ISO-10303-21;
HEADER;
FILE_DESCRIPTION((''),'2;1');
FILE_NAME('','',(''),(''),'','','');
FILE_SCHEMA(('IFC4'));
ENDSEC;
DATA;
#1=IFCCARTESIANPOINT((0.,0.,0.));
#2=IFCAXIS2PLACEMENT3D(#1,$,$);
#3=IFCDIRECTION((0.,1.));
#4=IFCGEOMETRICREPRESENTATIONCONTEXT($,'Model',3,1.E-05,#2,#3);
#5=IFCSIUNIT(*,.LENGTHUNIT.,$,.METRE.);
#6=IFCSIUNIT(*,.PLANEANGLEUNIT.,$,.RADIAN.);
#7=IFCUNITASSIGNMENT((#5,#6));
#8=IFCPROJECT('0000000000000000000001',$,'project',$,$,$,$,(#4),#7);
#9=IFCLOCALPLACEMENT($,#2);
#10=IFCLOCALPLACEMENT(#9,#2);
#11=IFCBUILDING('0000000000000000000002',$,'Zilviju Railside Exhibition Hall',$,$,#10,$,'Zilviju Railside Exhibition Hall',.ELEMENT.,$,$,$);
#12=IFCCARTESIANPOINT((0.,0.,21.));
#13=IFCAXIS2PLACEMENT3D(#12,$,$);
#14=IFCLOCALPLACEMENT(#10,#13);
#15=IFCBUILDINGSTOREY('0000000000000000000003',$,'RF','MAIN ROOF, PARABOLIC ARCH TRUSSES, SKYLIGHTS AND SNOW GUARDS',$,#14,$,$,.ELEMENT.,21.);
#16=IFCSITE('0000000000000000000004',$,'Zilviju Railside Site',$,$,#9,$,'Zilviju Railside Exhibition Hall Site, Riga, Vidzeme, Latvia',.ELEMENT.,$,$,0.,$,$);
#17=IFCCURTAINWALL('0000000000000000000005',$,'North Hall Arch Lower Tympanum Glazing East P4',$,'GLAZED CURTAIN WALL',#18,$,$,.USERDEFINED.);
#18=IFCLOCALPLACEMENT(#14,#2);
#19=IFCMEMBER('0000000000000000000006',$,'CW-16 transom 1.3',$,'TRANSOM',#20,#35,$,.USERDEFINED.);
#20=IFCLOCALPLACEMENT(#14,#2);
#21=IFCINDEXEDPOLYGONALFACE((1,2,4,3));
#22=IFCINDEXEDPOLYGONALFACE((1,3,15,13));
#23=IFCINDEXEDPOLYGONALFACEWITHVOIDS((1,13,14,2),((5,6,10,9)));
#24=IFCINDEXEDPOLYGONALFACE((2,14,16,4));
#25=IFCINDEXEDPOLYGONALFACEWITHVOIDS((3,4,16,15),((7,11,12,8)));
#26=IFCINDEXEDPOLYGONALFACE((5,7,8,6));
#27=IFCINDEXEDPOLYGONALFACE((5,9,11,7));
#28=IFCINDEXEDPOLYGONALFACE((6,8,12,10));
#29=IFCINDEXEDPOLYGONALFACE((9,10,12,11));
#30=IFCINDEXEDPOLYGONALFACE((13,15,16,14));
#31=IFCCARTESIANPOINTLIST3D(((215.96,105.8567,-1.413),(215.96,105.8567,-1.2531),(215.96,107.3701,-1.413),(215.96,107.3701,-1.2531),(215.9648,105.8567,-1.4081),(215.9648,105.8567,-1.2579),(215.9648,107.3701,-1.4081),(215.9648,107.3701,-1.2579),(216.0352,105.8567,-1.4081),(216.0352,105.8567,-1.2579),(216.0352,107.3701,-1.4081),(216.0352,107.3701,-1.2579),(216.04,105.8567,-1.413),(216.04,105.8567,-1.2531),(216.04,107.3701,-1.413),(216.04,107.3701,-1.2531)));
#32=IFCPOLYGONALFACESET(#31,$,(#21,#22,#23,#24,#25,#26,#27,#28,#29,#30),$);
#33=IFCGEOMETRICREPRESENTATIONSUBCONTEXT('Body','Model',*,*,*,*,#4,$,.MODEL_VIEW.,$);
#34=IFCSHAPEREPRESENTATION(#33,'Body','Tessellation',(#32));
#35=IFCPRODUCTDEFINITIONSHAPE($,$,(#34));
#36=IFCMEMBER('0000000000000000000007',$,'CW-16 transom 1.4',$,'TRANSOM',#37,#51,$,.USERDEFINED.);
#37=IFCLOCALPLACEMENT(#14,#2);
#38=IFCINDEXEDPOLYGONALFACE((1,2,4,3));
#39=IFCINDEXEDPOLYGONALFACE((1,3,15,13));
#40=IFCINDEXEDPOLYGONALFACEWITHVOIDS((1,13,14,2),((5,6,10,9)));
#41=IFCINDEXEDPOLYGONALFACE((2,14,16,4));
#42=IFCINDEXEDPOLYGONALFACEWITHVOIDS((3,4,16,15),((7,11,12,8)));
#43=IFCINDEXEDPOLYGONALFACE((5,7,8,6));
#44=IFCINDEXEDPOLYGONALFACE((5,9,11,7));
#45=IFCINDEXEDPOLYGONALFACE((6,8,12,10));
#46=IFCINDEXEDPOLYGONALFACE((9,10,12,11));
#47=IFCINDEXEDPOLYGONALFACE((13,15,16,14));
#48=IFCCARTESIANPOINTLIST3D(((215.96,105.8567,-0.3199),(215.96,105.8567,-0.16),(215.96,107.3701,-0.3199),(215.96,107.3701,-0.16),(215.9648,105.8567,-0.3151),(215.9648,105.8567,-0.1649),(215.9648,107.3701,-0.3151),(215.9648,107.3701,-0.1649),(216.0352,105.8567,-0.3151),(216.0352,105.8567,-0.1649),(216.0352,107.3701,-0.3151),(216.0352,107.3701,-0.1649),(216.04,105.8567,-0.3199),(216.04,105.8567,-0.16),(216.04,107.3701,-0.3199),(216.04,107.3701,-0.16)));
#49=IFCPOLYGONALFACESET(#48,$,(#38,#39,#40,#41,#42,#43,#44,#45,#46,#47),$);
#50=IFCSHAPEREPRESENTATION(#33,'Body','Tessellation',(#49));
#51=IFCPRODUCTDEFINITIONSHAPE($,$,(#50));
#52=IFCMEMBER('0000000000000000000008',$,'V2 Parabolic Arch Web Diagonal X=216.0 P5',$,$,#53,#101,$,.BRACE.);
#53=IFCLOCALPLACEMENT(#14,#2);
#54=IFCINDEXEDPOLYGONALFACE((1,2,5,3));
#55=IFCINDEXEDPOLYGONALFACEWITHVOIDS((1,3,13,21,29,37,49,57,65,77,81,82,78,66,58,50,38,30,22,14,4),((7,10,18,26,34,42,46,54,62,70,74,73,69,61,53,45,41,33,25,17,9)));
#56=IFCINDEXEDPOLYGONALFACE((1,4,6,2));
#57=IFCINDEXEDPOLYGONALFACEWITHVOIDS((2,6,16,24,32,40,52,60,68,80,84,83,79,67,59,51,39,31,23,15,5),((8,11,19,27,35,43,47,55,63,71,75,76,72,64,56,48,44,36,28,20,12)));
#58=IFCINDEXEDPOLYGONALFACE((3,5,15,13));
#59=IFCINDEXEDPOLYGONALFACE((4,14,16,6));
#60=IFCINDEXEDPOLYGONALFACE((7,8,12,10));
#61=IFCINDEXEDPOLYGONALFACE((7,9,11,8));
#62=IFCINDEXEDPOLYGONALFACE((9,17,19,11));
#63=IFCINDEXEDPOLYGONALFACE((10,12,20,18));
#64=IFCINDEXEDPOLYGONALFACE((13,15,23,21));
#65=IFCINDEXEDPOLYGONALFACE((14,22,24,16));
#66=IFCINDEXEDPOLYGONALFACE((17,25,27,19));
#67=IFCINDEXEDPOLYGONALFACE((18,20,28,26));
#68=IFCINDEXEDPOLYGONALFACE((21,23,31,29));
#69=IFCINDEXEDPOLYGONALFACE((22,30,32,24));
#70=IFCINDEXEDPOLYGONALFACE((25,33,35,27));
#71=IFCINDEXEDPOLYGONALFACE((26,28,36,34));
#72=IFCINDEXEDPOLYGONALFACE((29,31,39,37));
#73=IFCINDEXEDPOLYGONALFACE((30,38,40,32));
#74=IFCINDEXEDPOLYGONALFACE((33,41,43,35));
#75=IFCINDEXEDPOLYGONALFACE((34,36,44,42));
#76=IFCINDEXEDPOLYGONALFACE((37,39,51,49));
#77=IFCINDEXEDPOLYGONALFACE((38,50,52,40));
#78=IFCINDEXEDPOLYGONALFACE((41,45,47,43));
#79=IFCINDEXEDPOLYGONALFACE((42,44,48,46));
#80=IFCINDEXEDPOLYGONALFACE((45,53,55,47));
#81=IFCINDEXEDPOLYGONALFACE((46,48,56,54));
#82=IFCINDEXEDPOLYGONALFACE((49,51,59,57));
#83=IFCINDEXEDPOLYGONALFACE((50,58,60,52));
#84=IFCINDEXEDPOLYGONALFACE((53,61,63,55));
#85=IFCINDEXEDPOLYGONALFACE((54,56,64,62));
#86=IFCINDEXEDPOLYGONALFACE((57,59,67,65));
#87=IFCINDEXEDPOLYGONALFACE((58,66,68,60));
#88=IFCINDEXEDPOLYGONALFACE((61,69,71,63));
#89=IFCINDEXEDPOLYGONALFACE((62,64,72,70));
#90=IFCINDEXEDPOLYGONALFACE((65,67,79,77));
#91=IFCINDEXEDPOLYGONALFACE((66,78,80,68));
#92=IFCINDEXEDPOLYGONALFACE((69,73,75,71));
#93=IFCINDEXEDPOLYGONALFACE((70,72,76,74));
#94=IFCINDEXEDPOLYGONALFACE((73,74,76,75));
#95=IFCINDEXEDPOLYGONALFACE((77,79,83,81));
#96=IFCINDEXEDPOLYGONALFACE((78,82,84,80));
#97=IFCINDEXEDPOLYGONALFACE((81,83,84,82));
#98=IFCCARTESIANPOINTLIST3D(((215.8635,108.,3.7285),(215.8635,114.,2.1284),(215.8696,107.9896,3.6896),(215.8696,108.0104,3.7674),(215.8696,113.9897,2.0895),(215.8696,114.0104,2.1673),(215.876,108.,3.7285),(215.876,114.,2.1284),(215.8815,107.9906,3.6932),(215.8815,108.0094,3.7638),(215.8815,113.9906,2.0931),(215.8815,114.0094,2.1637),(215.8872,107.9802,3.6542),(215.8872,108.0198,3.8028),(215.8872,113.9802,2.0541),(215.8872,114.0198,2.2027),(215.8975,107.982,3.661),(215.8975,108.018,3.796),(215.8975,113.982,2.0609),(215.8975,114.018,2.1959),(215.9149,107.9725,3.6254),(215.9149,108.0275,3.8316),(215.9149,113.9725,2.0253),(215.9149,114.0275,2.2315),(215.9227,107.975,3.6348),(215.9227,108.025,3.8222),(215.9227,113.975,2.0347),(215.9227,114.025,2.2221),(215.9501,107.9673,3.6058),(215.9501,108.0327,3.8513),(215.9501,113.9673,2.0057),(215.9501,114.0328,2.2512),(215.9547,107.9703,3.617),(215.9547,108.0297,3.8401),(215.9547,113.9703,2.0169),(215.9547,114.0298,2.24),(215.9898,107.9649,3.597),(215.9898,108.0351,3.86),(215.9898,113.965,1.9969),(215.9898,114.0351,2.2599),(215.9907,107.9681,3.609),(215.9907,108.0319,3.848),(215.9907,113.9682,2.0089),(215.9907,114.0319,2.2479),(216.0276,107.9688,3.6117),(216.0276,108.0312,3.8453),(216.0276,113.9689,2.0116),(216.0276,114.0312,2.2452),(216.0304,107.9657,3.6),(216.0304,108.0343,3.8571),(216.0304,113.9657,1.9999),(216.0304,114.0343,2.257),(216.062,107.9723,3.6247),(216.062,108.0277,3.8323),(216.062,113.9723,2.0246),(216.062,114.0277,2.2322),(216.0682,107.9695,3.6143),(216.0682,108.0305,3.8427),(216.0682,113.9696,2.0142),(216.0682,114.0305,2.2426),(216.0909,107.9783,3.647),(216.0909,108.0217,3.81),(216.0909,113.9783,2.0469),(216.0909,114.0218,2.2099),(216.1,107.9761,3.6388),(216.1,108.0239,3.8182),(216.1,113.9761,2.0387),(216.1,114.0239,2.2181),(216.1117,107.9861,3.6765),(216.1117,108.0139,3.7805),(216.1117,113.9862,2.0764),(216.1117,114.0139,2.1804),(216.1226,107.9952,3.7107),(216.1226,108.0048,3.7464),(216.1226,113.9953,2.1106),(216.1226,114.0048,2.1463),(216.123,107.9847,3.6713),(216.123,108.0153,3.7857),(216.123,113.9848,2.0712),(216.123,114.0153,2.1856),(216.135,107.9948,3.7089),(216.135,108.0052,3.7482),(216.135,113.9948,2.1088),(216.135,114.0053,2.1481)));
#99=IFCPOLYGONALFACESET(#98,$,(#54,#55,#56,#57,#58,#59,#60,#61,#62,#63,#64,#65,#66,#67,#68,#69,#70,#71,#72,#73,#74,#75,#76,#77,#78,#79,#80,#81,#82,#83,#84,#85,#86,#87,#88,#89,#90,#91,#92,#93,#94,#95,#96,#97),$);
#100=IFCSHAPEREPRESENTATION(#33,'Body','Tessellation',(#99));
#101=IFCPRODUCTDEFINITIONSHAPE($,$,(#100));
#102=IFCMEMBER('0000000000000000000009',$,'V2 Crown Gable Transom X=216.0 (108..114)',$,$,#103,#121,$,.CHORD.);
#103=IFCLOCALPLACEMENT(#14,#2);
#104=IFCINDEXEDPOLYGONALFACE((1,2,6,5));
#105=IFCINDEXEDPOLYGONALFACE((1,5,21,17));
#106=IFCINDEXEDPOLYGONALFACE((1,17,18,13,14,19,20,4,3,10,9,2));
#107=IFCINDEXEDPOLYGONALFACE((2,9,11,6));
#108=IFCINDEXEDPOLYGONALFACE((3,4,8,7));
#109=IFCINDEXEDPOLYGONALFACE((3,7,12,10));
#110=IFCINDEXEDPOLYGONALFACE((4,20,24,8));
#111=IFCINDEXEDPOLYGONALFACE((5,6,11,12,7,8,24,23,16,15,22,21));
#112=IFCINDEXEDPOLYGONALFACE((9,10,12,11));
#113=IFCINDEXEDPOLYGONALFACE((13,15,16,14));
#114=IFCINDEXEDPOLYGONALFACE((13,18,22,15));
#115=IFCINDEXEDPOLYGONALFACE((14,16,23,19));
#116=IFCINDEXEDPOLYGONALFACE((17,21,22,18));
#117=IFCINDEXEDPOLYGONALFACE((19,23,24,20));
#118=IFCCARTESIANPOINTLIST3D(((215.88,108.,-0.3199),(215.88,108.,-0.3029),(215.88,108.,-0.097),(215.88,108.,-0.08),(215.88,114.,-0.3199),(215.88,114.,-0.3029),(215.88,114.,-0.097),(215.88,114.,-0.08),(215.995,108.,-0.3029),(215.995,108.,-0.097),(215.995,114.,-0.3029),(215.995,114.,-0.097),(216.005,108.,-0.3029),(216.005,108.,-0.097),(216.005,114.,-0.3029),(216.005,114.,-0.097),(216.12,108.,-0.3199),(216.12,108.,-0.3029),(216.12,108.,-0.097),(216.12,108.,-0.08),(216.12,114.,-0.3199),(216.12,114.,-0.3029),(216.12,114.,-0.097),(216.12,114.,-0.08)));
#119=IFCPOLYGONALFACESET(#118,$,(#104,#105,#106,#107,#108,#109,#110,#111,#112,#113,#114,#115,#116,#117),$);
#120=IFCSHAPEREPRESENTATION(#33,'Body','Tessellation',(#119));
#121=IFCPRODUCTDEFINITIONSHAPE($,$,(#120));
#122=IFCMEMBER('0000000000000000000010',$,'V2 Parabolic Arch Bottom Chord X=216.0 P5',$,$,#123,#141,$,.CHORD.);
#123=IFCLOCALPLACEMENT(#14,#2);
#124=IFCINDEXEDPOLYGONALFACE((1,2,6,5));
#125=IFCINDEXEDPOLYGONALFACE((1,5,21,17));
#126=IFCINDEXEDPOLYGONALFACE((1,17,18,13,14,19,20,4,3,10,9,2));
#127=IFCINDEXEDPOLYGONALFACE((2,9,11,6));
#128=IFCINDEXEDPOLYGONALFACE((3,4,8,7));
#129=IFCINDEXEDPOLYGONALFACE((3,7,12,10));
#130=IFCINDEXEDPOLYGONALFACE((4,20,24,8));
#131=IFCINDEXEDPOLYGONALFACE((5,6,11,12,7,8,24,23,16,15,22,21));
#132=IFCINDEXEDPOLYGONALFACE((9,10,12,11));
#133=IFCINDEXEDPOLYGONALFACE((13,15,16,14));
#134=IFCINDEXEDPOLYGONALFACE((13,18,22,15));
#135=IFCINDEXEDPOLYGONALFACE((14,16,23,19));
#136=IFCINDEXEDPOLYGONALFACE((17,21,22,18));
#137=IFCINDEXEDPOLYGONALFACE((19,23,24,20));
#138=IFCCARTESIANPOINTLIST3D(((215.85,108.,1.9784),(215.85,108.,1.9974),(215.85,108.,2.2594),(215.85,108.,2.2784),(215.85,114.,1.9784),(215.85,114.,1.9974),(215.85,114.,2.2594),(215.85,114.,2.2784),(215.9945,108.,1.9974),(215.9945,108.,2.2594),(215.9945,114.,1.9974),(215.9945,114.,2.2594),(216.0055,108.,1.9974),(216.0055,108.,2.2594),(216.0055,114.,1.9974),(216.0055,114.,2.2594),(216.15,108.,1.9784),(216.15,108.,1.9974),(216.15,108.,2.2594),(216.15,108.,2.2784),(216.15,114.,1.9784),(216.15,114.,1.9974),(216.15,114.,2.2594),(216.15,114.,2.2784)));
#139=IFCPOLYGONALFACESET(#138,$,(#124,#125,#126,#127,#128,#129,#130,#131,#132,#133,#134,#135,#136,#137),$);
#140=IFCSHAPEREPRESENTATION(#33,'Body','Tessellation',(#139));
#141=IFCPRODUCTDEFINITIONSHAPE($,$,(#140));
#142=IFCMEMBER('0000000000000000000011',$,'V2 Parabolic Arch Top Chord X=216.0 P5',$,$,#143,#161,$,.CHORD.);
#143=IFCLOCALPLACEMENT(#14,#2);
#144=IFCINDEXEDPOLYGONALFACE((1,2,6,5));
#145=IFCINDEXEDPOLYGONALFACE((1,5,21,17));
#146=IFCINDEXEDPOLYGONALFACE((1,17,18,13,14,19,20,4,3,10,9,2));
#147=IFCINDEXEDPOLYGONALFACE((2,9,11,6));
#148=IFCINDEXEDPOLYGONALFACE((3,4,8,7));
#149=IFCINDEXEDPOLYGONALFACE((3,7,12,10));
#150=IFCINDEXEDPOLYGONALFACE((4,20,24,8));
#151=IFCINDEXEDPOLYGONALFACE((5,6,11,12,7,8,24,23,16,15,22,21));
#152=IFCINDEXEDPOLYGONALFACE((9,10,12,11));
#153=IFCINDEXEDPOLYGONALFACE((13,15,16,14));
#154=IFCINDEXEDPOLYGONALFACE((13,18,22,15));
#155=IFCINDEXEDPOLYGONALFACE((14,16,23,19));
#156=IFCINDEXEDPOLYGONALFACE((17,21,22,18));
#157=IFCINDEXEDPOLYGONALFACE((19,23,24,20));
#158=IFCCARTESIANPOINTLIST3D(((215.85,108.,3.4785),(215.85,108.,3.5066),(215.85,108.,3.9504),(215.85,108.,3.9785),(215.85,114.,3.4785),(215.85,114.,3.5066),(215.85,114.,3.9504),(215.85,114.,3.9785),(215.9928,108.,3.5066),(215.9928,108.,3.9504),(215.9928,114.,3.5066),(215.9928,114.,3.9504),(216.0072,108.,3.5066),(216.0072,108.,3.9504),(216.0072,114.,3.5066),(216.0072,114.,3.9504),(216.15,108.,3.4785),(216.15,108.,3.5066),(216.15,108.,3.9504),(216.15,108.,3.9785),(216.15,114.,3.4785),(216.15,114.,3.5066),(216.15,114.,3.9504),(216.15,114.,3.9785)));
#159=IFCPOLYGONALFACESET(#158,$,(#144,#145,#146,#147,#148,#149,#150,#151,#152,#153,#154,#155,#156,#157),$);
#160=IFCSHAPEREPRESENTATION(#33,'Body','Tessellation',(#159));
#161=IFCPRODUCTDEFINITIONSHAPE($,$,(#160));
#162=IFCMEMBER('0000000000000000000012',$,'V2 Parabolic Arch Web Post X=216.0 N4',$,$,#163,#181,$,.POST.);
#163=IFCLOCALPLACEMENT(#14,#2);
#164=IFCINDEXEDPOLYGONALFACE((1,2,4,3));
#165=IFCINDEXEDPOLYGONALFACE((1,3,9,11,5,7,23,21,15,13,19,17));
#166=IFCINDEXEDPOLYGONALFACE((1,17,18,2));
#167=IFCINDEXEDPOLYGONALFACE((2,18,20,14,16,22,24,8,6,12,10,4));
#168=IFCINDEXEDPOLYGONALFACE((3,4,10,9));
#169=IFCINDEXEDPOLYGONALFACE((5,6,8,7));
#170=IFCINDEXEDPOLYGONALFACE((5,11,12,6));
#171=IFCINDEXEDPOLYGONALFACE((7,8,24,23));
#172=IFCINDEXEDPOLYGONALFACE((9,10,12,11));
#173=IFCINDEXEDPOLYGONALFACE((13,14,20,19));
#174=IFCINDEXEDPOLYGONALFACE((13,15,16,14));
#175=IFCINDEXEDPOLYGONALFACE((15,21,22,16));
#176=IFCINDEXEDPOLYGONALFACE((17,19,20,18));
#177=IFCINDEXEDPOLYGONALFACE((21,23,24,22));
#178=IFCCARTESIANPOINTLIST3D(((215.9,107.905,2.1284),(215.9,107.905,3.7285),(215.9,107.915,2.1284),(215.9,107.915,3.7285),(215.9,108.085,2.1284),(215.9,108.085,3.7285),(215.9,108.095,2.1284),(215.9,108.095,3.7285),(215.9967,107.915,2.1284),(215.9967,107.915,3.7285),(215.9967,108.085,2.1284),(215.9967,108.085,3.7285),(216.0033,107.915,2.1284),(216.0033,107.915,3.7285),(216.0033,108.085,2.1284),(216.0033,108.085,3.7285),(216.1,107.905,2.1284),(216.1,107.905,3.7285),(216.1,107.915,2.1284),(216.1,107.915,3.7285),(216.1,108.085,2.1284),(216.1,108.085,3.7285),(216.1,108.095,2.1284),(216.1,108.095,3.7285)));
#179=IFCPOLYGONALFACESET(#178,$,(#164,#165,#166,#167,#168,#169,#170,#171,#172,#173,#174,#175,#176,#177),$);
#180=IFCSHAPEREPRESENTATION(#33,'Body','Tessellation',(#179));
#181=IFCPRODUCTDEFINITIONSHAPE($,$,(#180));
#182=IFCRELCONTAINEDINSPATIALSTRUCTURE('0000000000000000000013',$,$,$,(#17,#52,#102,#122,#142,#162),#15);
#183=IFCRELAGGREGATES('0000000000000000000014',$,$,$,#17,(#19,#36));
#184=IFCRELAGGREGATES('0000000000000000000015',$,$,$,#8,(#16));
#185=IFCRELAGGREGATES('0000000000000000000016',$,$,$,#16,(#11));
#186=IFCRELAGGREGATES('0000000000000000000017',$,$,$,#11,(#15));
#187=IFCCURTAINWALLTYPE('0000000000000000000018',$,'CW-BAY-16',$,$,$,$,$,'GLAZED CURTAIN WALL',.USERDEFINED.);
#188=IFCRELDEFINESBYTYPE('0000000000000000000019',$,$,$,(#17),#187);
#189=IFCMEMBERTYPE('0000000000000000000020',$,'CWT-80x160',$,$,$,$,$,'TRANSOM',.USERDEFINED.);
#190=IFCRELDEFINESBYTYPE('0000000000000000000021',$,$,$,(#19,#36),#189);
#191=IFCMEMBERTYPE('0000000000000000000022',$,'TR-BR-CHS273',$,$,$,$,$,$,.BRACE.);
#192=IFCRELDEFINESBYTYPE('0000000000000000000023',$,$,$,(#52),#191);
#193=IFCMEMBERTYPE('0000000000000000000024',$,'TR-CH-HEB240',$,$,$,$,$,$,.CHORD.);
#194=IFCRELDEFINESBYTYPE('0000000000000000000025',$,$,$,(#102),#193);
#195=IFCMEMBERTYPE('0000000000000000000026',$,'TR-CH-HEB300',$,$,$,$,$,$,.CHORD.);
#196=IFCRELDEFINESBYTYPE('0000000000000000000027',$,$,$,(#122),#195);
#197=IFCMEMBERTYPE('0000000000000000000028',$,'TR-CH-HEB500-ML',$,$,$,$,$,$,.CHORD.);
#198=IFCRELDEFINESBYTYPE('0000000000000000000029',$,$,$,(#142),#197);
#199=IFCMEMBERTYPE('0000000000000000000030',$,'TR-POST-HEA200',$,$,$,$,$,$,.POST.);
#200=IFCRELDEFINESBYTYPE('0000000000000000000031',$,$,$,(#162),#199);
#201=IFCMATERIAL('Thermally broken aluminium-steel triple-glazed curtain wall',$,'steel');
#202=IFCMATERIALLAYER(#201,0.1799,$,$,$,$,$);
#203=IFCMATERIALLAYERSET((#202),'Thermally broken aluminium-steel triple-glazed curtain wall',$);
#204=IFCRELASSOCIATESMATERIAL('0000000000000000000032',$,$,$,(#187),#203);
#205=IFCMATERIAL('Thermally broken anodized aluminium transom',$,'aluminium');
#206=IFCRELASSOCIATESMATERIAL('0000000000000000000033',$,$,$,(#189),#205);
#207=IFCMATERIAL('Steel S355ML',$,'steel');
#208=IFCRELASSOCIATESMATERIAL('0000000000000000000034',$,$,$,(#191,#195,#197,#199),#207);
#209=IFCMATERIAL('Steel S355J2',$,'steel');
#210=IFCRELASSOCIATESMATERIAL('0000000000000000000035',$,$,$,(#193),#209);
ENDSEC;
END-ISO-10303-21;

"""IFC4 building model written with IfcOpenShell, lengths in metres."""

from ifc_helpers import new_model, si_unit, direction, frame, origin, origin_2d, place, context, subcontext, project, spatial, hollow_rectangle, hollow_circle, i_section, extrude, material, layer, layer_set, material_profile, profile_set, type_object, element, aggregate, save


model = new_model("IFC4")

# Units and contexts
model_context = context("Model", 3, precision=1e-05, world=origin(), true_north=direction((0.0, 1.0)))
body_context = subcontext(model_context, "Body", "Model", "MODEL_VIEW")
ifc_project = project(units=[si_unit("LENGTHUNIT", "METRE"), si_unit("PLANEANGLEUNIT", "RADIAN")], contexts=[model_context])

# Site, building, storey
site_placement = place(None, origin())
site = spatial("IfcSite", under=ifc_project, at=site_placement, Name="Zilviju Railside Site", LongName="Zilviju Railside Exhibition Hall Site, Riga, Vidzeme, Latvia", CompositionType="ELEMENT", RefElevation=0.0)
building_placement = place(site_placement, origin())
building = spatial("IfcBuilding", under=site, at=building_placement, Name="Zilviju Railside Exhibition Hall", LongName="Zilviju Railside Exhibition Hall", CompositionType="ELEMENT")
storey_placement = place(building_placement, frame((0.0, 0.0, 21.0)))
storey = spatial("IfcBuildingStorey", under=building, at=storey_placement, Name="RF", Description="MAIN ROOF, PARABOLIC ARCH TRUSSES, SKYLIGHTS AND SNOW GUARDS", CompositionType="ELEMENT", Elevation=21.0)

# Curtain wall
ifc_material_1 = material(Name="Thermally broken aluminium-steel triple-glazed curtain wall", Category="steel")
ifc_layer_1 = layer(ifc_material_1, 0.1799)
ifc_layer_set_1 = layer_set([ifc_layer_1], Name="Thermally broken aluminium-steel triple-glazed curtain wall")
curtain_wall_type_1 = type_object("IfcCurtainWallType", Name="CW-BAY-16", ElementType="GLAZED CURTAIN WALL", PredefinedType="USERDEFINED", material=ifc_layer_set_1)
curtain_wall_1_placement = place(storey_placement, origin())
curtain_wall_1 = element("IfcCurtainWall", 1, at=curtain_wall_1_placement, inside=storey, type_object=curtain_wall_type_1, Name="North Hall Arch Lower Tympanum Glazing East P4", ObjectType="GLAZED CURTAIN WALL", PredefinedType="USERDEFINED")

# Members
ifc_material_2 = material(Name="Thermally broken anodized aluminium transom", Category="aluminium")
ifc_material_profile_1 = material_profile(ifc_material_2, hollow_rectangle(XDim=0.0801, YDim=0.1599, WallThickness=0.0049, at=origin_2d()), Name="TRANSOM 160x80x5")
ifc_profile_set_1 = profile_set([ifc_material_profile_1], Name="Thermally broken anodized aluminium transom")
member_type_1 = type_object("IfcMemberType", Name="CWT-80x160", ElementType="TRANSOM", PredefinedType="USERDEFINED", material=ifc_profile_set_1)
member_1_placement = place(storey_placement, frame((216.0, 107.3701, -1.333), z_axis=(0.0, -1.0, 0.0), x_axis=(1.0, 0.0, 0.0)))
member_1 = element("IfcMember", 2, at=member_1_placement, type_object=member_type_1, Name="CW-16 transom 1.3", ObjectType="TRANSOM", PredefinedType="USERDEFINED", context=body_context, shape_type="SweptSolid", body=[
    extrude(hollow_rectangle(XDim=0.0801, YDim=0.1599, WallThickness=0.0049, at=origin_2d()), origin(), (0.0, 0.0, 1.0), 1.5134),
])
member_2_placement = place(storey_placement, frame((216.0, 107.3701, -0.24), z_axis=(0.0, -1.0, 0.0), x_axis=(1.0, 0.0, 0.0)))
member_2 = element("IfcMember", 3, at=member_2_placement, type_object=member_type_1, Name="CW-16 transom 1.4", ObjectType="TRANSOM", PredefinedType="USERDEFINED", context=body_context, shape_type="SweptSolid", body=[
    extrude(hollow_rectangle(XDim=0.0801, YDim=0.1599, WallThickness=0.0049, at=origin_2d()), origin(), (0.0, 0.0, 1.0), 1.5134),
])

# Members
ifc_material_3 = material(Name="Steel S355ML", Category="steel")
ifc_material_profile_2 = material_profile(ifc_material_3, hollow_circle(Radius=0.1365, WallThickness=0.0125, at=origin_2d()), Name="CHS 273.0x12.5")
ifc_profile_set_2 = profile_set([ifc_material_profile_2], Name="Steel S355ML")
member_type_2 = type_object("IfcMemberType", Name="TR-BR-CHS273", PredefinedType="BRACE", material=ifc_profile_set_2)
member_3_placement = place(storey_placement, frame((216.0, 108.0, 3.7285), z_axis=(0.0, 0.966231, -0.257677), x_axis=(-1.0, 0.0, 0.0)))
element("IfcMember", 4, at=member_3_placement, inside=storey, type_object=member_type_2, Name="V2 Parabolic Arch Web Diagonal X=216.0 P5", PredefinedType="BRACE", context=body_context, shape_type="SweptSolid", body=[
    extrude(hollow_circle(Radius=0.1365, WallThickness=0.0125, at=origin_2d()), origin(), (0.0, 0.0, 1.0), 6.2097),
])
ifc_material_4 = material(Name="Steel S355J2", Category="steel")
ifc_material_profile_3 = material_profile(ifc_material_4, i_section(OverallWidth=0.24, OverallDepth=0.24, WebThickness=0.01, FlangeThickness=0.0171, at=origin_2d()), Name="HEB 240")
ifc_profile_set_3 = profile_set([ifc_material_profile_3], Name="Steel S355J2")
member_type_3 = type_object("IfcMemberType", Name="TR-CH-HEB240", PredefinedType="CHORD", material=ifc_profile_set_3)
member_4_placement = place(storey_placement, frame((216.0, 108.0, -0.2), z_axis=(0.0, 1.0, 0.0), x_axis=(-1.0, 0.0, 0.0)))
element("IfcMember", 5, at=member_4_placement, inside=storey, type_object=member_type_3, Name="V2 Crown Gable Transom X=216.0 (108..114)", PredefinedType="CHORD", context=body_context, shape_type="SweptSolid", body=[
    extrude(i_section(OverallWidth=0.24, OverallDepth=0.24, WebThickness=0.01, FlangeThickness=0.0171, at=origin_2d()), origin(), (0.0, 0.0, 1.0), 6.0),
])
ifc_material_profile_4 = material_profile(ifc_material_3, i_section(OverallWidth=0.3, OverallDepth=0.3, WebThickness=0.011, FlangeThickness=0.019, at=origin_2d()), Name="HEB 300")
ifc_profile_set_4 = profile_set([ifc_material_profile_4], Name="Steel S355ML")
member_type_4 = type_object("IfcMemberType", Name="TR-CH-HEB300", PredefinedType="CHORD", material=ifc_profile_set_4)
member_5_placement = place(storey_placement, frame((216.0, 108.0, 2.1284), z_axis=(0.0, 1.0, 0.0), x_axis=(-1.0, 0.0, 0.0)))
element("IfcMember", 6, at=member_5_placement, inside=storey, type_object=member_type_4, Name="V2 Parabolic Arch Bottom Chord X=216.0 P5", PredefinedType="CHORD", context=body_context, shape_type="SweptSolid", body=[
    extrude(i_section(OverallWidth=0.3, OverallDepth=0.3, WebThickness=0.011, FlangeThickness=0.019, at=origin_2d()), origin(), (0.0, 0.0, 1.0), 6.0),
])
ifc_material_profile_5 = material_profile(ifc_material_3, i_section(OverallWidth=0.3, OverallDepth=0.5, WebThickness=0.0144, FlangeThickness=0.0281, at=origin_2d()), Name="HEB 500")
ifc_profile_set_5 = profile_set([ifc_material_profile_5], Name="Steel S355ML")
member_type_5 = type_object("IfcMemberType", Name="TR-CH-HEB500-ML", PredefinedType="CHORD", material=ifc_profile_set_5)
member_6_placement = place(storey_placement, frame((216.0, 108.0, 3.7285), z_axis=(0.0, 1.0, 0.0), x_axis=(-1.0, 0.0, 0.0)))
element("IfcMember", 7, at=member_6_placement, inside=storey, type_object=member_type_5, Name="V2 Parabolic Arch Top Chord X=216.0 P5", PredefinedType="CHORD", context=body_context, shape_type="SweptSolid", body=[
    extrude(i_section(OverallWidth=0.3, OverallDepth=0.5, WebThickness=0.0144, FlangeThickness=0.0281, at=origin_2d()), origin(), (0.0, 0.0, 1.0), 6.0),
])
ifc_material_profile_6 = material_profile(ifc_material_3, i_section(OverallWidth=0.2, OverallDepth=0.1899, WebThickness=0.0066, FlangeThickness=0.01, at=origin_2d()), Name="HEA 200")
ifc_profile_set_6 = profile_set([ifc_material_profile_6], Name="Steel S355ML")
member_type_6 = type_object("IfcMemberType", Name="TR-POST-HEA200", PredefinedType="POST", material=ifc_profile_set_6)
member_7_placement = place(storey_placement, frame((216.0, 108.0, 2.1284), z_axis=(0.0, 0.0, 1.0), x_axis=(1.0, 0.0, 0.0)))
element("IfcMember", 8, at=member_7_placement, inside=storey, type_object=member_type_6, Name="V2 Parabolic Arch Web Post X=216.0 N4", PredefinedType="POST", context=body_context, shape_type="SweptSolid", body=[
    extrude(i_section(OverallWidth=0.2, OverallDepth=0.1899, WebThickness=0.0066, FlangeThickness=0.01, at=origin_2d()), origin(), (0.0, 0.0, 1.0), 1.6001),
])

aggregate(curtain_wall_1, [member_1, member_2])

save(model, "model.ifc")
